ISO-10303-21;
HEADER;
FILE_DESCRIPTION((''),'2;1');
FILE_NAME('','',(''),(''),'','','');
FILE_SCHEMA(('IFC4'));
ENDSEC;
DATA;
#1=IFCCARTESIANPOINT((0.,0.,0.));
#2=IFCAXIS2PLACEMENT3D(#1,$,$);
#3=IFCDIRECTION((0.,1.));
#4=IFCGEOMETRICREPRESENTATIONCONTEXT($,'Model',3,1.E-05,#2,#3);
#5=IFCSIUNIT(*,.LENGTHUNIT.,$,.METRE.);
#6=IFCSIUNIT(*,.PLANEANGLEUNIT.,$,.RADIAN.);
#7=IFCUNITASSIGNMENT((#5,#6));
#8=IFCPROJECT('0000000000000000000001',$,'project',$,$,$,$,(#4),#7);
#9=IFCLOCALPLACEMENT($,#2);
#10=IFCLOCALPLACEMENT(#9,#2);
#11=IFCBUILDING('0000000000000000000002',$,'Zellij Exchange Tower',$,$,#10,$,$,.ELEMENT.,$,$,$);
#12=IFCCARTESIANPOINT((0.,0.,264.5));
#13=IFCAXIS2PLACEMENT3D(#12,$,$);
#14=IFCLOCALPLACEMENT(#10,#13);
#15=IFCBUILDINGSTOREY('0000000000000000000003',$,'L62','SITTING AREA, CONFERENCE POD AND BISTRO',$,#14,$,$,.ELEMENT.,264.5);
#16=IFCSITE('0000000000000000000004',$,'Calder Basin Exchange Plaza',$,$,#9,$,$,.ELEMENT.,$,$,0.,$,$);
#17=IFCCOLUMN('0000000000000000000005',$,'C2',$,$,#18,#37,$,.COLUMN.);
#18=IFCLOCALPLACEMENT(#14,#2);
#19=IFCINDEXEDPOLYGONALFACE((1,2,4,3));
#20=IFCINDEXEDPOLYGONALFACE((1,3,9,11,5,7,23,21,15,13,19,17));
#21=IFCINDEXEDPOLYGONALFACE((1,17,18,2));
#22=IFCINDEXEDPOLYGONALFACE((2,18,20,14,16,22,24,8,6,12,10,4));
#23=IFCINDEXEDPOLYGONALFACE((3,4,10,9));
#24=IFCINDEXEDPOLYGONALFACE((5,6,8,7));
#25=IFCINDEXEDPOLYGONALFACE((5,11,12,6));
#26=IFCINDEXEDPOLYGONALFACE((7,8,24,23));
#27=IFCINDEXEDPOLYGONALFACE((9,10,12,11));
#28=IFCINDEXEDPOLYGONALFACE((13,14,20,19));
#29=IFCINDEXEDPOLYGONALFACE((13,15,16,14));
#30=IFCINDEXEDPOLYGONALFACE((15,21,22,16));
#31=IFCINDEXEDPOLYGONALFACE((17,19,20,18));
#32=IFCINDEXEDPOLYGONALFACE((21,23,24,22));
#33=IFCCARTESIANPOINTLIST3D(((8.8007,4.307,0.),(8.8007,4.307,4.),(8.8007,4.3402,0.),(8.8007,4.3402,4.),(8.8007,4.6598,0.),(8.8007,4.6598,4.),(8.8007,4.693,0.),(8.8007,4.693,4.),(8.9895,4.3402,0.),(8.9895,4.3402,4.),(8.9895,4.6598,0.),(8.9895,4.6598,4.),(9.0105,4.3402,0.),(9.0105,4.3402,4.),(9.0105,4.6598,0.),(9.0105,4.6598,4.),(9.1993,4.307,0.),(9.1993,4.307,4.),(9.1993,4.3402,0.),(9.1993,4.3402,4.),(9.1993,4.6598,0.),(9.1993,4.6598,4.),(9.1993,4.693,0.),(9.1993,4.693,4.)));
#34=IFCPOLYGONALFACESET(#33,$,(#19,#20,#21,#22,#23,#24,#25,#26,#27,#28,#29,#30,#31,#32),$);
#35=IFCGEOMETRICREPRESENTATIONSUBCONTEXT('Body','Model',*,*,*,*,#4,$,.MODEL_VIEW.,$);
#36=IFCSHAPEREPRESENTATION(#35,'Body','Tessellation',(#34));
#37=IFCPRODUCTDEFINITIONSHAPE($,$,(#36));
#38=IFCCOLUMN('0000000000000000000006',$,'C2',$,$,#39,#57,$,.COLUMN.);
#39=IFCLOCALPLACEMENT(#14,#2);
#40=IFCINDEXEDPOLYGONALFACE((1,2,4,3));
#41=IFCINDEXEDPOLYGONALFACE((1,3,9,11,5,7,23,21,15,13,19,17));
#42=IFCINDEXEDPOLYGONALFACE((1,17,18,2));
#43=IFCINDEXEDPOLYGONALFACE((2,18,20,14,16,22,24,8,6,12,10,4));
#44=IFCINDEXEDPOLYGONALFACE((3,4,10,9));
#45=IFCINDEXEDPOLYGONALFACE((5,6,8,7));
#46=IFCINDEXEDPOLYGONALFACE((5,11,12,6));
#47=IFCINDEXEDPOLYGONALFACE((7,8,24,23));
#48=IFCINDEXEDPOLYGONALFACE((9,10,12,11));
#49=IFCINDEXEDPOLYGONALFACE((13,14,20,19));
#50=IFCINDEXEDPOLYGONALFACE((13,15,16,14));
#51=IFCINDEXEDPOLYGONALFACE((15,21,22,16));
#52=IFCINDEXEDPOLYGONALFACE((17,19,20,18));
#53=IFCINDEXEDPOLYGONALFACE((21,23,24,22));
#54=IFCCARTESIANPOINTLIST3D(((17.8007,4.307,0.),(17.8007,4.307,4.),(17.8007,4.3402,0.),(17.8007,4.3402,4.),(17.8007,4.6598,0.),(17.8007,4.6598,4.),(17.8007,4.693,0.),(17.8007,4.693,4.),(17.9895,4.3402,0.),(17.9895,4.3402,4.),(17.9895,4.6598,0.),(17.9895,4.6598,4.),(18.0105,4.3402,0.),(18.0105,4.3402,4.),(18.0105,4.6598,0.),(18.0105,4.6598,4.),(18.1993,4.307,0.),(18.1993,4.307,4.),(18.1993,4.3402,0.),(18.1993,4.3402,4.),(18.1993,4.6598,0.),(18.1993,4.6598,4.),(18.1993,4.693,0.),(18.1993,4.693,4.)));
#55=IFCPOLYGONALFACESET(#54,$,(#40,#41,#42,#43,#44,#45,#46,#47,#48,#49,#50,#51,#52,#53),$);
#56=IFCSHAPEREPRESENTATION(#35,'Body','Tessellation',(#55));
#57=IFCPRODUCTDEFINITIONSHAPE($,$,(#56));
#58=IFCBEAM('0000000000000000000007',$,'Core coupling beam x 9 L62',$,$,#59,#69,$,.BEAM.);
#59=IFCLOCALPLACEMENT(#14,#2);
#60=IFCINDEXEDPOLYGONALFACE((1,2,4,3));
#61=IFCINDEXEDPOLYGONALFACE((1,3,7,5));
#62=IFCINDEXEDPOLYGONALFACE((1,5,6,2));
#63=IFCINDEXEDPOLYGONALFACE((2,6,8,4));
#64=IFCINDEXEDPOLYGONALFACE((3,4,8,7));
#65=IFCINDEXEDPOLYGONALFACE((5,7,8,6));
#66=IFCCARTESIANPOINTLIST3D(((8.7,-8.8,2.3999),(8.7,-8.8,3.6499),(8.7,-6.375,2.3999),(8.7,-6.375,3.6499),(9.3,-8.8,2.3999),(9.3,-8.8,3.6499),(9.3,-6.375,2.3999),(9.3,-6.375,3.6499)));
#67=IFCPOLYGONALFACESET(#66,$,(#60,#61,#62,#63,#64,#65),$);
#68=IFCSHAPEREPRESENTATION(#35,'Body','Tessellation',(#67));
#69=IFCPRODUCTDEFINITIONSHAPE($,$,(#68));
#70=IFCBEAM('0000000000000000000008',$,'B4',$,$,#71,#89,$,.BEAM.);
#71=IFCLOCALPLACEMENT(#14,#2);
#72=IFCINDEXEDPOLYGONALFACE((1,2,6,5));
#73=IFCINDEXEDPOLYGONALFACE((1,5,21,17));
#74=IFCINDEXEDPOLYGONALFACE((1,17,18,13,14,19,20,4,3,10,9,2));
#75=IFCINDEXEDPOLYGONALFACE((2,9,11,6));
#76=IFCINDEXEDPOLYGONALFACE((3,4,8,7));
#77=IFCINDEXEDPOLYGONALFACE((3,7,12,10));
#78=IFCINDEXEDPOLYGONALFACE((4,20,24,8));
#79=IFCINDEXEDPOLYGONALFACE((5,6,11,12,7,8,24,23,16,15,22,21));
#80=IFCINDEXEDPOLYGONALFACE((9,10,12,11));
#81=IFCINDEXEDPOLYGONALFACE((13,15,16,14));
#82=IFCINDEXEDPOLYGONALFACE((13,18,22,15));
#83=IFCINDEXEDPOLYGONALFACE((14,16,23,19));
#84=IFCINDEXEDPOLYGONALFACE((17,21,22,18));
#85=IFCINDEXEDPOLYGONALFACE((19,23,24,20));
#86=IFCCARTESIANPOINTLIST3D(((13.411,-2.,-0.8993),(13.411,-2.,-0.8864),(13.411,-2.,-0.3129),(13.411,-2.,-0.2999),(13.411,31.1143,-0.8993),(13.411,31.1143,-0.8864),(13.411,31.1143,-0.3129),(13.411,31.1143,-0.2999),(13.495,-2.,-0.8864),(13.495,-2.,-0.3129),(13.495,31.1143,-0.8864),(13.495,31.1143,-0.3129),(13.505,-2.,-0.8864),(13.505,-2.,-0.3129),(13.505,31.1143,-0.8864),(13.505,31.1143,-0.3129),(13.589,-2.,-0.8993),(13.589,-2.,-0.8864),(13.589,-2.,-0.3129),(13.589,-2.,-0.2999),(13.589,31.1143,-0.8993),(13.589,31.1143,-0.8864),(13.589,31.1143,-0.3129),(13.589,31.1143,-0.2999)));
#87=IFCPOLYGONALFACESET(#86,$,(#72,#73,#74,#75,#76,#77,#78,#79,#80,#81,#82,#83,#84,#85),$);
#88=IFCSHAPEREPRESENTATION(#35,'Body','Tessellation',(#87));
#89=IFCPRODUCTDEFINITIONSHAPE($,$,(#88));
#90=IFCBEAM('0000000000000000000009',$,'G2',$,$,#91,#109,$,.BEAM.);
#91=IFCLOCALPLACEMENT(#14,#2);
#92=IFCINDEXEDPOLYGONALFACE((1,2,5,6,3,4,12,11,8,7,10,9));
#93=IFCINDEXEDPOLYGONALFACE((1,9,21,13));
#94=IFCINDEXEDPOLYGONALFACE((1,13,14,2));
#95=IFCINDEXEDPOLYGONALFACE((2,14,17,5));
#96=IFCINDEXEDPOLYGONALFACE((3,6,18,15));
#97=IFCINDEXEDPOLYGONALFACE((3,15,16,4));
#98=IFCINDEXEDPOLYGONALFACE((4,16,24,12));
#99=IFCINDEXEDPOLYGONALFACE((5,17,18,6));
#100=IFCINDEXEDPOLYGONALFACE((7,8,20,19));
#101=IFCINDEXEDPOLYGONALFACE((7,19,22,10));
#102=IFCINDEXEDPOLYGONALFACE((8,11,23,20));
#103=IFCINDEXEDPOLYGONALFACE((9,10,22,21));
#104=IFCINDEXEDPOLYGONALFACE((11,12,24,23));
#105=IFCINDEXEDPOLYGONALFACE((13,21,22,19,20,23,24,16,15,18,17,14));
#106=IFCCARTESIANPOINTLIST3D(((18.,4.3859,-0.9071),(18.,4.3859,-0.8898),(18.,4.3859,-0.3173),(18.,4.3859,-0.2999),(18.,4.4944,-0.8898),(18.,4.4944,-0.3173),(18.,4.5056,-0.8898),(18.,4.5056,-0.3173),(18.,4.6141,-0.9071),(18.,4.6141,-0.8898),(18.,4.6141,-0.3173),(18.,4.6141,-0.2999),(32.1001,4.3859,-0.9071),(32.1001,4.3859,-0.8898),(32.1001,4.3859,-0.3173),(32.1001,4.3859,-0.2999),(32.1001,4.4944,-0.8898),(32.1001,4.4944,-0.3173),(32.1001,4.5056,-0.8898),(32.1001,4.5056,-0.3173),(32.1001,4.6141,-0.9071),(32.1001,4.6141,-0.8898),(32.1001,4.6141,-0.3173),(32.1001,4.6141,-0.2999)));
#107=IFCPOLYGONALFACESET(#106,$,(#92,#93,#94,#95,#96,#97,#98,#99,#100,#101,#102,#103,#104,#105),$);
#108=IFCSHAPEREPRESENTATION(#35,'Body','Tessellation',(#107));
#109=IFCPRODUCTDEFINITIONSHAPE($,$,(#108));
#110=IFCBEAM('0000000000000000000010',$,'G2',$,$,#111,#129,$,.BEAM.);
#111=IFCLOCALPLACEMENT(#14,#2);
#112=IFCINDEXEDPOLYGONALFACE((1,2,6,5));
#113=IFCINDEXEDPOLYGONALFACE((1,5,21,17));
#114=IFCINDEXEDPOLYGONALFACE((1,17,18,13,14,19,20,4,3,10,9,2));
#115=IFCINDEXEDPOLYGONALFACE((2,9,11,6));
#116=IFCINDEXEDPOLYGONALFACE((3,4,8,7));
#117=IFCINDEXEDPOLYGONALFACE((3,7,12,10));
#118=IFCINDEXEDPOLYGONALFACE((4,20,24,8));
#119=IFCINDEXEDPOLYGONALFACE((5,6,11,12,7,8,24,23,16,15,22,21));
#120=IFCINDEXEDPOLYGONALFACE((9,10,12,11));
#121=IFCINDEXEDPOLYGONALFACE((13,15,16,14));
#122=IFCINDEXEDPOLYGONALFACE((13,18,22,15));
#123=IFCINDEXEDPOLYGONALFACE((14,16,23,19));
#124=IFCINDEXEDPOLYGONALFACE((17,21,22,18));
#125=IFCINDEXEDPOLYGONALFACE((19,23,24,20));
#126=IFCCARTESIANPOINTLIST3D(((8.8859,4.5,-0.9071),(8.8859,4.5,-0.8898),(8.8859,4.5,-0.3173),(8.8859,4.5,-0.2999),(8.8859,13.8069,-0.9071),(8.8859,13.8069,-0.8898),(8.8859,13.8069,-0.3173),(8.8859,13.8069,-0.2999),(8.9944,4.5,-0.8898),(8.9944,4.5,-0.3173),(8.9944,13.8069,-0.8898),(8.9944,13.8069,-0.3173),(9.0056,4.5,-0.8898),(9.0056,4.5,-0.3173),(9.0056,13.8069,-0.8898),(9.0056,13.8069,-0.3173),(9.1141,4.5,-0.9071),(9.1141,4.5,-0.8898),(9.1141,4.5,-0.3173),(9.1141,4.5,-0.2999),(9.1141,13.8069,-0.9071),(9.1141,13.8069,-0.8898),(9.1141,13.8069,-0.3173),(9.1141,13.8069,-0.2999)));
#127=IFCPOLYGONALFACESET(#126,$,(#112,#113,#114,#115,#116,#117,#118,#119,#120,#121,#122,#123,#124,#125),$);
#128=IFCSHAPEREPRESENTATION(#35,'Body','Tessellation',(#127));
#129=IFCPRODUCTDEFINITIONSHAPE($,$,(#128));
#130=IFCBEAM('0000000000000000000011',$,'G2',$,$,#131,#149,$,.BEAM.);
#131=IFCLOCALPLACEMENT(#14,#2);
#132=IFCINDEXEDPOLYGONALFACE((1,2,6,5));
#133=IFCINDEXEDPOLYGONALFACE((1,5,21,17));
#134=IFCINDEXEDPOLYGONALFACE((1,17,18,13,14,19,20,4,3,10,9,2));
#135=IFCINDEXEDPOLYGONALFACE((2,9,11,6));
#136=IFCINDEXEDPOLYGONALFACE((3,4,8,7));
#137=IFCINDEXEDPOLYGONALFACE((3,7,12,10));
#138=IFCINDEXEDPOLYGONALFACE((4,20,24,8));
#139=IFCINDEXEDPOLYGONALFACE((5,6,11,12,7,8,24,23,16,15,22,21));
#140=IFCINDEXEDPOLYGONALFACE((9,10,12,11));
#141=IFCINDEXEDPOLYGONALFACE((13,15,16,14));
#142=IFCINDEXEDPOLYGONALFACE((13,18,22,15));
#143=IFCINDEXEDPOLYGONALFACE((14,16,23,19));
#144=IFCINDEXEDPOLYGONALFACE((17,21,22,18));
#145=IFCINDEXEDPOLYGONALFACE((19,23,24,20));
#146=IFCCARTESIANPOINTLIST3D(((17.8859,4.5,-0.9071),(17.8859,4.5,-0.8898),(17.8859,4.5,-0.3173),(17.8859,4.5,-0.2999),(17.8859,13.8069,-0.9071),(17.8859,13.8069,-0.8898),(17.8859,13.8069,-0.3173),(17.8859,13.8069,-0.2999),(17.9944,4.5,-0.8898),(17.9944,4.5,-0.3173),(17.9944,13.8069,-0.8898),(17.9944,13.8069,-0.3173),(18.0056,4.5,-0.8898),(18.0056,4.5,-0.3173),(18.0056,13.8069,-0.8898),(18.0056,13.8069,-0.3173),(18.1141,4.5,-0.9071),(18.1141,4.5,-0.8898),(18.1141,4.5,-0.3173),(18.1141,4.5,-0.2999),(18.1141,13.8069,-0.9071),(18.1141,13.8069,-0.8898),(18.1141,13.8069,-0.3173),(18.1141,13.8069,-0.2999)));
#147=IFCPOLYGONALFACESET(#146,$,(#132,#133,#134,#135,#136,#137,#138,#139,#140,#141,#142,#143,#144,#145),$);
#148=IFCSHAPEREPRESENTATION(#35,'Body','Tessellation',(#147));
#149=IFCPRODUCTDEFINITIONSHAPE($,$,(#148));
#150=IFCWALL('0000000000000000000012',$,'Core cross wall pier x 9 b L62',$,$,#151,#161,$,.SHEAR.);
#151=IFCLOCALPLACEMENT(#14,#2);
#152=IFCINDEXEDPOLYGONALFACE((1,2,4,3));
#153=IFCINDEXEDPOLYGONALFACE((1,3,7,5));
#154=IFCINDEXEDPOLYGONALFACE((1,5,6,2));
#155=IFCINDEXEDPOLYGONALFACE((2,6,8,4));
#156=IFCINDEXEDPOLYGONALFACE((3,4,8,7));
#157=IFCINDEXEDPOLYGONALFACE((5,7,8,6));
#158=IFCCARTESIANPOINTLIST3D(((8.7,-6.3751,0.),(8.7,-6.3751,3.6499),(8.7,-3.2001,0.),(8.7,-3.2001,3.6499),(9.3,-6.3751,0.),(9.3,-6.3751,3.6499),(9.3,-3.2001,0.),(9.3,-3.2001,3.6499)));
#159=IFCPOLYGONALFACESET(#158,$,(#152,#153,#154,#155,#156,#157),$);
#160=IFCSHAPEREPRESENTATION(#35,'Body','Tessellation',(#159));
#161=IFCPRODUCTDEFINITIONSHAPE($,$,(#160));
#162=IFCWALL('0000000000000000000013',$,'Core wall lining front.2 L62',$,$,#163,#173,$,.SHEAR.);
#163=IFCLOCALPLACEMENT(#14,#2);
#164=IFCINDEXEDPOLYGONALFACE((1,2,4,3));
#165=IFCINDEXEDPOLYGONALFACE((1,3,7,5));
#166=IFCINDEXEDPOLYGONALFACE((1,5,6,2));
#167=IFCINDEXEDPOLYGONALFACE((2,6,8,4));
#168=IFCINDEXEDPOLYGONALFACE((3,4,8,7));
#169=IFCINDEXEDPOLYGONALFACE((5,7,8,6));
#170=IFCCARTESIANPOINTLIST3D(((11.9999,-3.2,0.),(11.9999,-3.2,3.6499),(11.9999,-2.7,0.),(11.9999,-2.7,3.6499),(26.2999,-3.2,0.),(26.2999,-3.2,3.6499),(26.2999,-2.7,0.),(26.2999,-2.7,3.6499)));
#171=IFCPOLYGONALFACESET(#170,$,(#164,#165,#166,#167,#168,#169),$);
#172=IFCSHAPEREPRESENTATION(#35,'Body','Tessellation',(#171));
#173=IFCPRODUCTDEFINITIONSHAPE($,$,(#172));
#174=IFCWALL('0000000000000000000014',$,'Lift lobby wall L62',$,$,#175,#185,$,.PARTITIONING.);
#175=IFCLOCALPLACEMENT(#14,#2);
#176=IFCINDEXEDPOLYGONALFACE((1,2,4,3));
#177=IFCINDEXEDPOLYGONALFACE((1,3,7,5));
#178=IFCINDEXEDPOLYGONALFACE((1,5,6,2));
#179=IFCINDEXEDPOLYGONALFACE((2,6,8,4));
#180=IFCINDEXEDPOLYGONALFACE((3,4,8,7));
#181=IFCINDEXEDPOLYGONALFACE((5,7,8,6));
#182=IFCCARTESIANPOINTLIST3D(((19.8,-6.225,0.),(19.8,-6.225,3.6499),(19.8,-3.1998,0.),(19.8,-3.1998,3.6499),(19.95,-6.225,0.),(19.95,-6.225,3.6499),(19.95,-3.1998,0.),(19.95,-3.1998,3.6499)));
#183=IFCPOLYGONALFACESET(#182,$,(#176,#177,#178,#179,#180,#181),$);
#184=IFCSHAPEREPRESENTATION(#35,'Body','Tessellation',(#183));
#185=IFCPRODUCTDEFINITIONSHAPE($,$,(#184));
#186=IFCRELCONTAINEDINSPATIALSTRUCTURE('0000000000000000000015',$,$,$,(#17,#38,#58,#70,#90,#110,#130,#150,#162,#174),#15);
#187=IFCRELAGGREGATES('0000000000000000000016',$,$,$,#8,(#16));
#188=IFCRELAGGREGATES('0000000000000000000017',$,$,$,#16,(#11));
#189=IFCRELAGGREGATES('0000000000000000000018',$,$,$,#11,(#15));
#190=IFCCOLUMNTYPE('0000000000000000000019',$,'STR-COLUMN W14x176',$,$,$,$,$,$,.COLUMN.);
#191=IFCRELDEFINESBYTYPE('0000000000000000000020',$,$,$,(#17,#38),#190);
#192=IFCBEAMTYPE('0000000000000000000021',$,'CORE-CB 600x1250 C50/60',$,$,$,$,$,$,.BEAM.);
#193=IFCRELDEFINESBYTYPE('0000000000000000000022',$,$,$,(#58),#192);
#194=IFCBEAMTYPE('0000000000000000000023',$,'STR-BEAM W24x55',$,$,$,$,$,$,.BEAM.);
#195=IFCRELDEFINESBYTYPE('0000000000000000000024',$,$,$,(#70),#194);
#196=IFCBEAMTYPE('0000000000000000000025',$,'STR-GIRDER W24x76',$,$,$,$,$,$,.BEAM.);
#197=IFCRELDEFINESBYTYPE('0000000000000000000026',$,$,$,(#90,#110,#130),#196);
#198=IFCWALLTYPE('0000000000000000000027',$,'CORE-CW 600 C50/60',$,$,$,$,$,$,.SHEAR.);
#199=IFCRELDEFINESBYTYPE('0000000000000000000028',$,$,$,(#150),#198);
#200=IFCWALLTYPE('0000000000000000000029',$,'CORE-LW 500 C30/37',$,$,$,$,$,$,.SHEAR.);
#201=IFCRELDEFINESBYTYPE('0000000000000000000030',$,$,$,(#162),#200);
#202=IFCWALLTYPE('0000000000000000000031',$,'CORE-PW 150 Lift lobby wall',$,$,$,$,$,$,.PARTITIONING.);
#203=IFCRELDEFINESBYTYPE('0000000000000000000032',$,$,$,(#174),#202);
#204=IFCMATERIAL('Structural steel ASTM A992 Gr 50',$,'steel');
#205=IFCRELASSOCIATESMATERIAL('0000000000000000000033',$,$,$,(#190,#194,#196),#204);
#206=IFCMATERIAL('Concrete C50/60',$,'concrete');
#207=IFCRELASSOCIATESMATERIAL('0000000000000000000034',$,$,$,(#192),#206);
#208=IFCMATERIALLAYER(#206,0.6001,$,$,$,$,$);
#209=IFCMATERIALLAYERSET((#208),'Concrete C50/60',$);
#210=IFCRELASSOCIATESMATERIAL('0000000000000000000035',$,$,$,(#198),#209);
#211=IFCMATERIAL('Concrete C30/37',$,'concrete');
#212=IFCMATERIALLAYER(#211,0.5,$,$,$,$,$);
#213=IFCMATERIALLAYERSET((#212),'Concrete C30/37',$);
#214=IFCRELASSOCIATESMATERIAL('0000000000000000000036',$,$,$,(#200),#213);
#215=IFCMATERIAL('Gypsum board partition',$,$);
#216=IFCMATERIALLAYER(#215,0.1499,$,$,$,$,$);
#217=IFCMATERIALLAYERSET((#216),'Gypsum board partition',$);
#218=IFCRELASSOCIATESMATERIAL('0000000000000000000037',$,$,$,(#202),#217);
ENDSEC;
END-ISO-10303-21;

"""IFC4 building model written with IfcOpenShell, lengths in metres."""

from ifc_helpers import new_model, si_unit, direction, frame, frame_2d, origin, origin_2d, place, context, subcontext, project, spatial, rectangle, i_section, extrude, material, layer, layer_set, material_profile, profile_set, type_object, element, save


model = new_model("IFC4")

# Units and contexts
model_context = context("Model", 3, precision=1e-05, world=origin(), true_north=direction((0.0, 1.0)))
body_context = subcontext(model_context, "Body", "Model", "MODEL_VIEW")
ifc_project = project(units=[si_unit("LENGTHUNIT", "METRE"), si_unit("PLANEANGLEUNIT", "RADIAN")], contexts=[model_context])

# Site, building, storey
site_placement = place(None, origin())
site = spatial("IfcSite", under=ifc_project, at=site_placement, Name="Calder Basin Exchange Plaza", CompositionType="ELEMENT", RefElevation=0.0)
building_placement = place(site_placement, origin())
building = spatial("IfcBuilding", under=site, at=building_placement, Name="Zellij Exchange Tower", CompositionType="ELEMENT")
storey_placement = place(building_placement, frame((0.0, 0.0, 264.5)))
storey = spatial("IfcBuildingStorey", under=building, at=storey_placement, Name="L62", Description="SITTING AREA, CONFERENCE POD AND BISTRO", CompositionType="ELEMENT", Elevation=264.5)

# Columns
ifc_material_1 = material(Name="Structural steel ASTM A992 Gr 50", Category="steel")
ifc_material_profile_1 = material_profile(ifc_material_1, i_section(OverallWidth=0.3987, OverallDepth=0.386, WebThickness=0.021, FlangeThickness=0.0332, at=origin_2d()), Name="W14x176")
ifc_profile_set_1 = profile_set([ifc_material_profile_1], Name="Structural steel ASTM A992 Gr 50")
column_type = type_object("IfcColumnType", Name="STR-COLUMN W14x176", PredefinedType="COLUMN", material=ifc_profile_set_1)
for number, where, z_axis, x_axis, name in (
    (1, (9.0, 4.5, 0.0), (0.0, 0.0, 1.0), (1.0, 0.0, 0.0), "C2"),
    (2, (18.0, 4.5, 0.0), (0.0, 0.0, 1.0), (1.0, 0.0, 0.0), "C2"),
):
    element("IfcColumn", number, at=place(storey_placement, frame(where, z_axis=z_axis, x_axis=x_axis)), inside=storey, type_object=column_type, Name=name, PredefinedType="COLUMN", context=body_context, shape_type="SweptSolid", body=[
        extrude(i_section(OverallWidth=0.3987, OverallDepth=0.386, WebThickness=0.021, FlangeThickness=0.0332, at=origin_2d()), origin(), (0.0, 0.0, 1.0), 4.0),
    ])

# Beams
ifc_material_2 = material(Name="Concrete C50/60", Category="concrete")
ifc_material_profile_2 = material_profile(ifc_material_2, rectangle(XDim=0.6001, YDim=1.25, at=origin_2d()), Name="CORE-CB 600x1250 C50/60")
ifc_profile_set_2 = profile_set([ifc_material_profile_2], Name="Concrete C50/60")
beam_type_1 = type_object("IfcBeamType", Name="CORE-CB 600x1250 C50/60", PredefinedType="BEAM", material=ifc_profile_set_2)
beam_1_placement = place(storey_placement, frame((9.0, -8.8, 3.0249), z_axis=(0.0, 1.0, 0.0), x_axis=(-1.0, 0.0, 0.0)))
element("IfcBeam", 3, at=beam_1_placement, inside=storey, type_object=beam_type_1, Name="Core coupling beam x 9 L62", PredefinedType="BEAM", context=body_context, shape_type="SweptSolid", body=[
    extrude(rectangle(XDim=0.6001, YDim=1.25, at=origin_2d()), origin(), (0.0, 0.0, 1.0), 2.425),
])
ifc_material_profile_3 = material_profile(ifc_material_1, i_section(OverallWidth=0.178, OverallDepth=0.5994, WebThickness=0.01, FlangeThickness=0.0129, at=origin_2d()), Name="W24x55")
ifc_profile_set_3 = profile_set([ifc_material_profile_3], Name="Structural steel ASTM A992 Gr 50")
beam_type_2 = type_object("IfcBeamType", Name="STR-BEAM W24x55", PredefinedType="BEAM", material=ifc_profile_set_3)
beam_2_placement = place(storey_placement, frame((13.5, -2.0, -0.5996), z_axis=(0.0, 1.0, 0.0), x_axis=(-1.0, 0.0, 0.0)))
element("IfcBeam", 4, at=beam_2_placement, inside=storey, type_object=beam_type_2, Name="B4", PredefinedType="BEAM", context=body_context, shape_type="SweptSolid", body=[
    extrude(i_section(OverallWidth=0.178, OverallDepth=0.5994, WebThickness=0.01, FlangeThickness=0.0129, at=origin_2d()), origin(), (0.0, 0.0, 1.0), 33.1143),
])
ifc_material_profile_4 = material_profile(ifc_material_1, i_section(OverallWidth=0.2283, OverallDepth=0.6072, WebThickness=0.0112, FlangeThickness=0.0173, at=origin_2d()), Name="W24x76")
ifc_profile_set_4 = profile_set([ifc_material_profile_4], Name="Structural steel ASTM A992 Gr 50")
beam_type_3 = type_object("IfcBeamType", Name="STR-GIRDER W24x76", PredefinedType="BEAM", material=ifc_profile_set_4)
beam_3_placement = place(storey_placement, frame((18.0, 4.5, -0.6035), z_axis=(1.0, 0.0, 0.0), x_axis=(0.0, 1.0, 0.0)))
element("IfcBeam", 5, at=beam_3_placement, inside=storey, type_object=beam_type_3, Name="G2", PredefinedType="BEAM", context=body_context, shape_type="SweptSolid", body=[
    extrude(i_section(OverallWidth=0.2283, OverallDepth=0.6072, WebThickness=0.0112, FlangeThickness=0.0173, at=origin_2d()), origin(), (0.0, 0.0, 1.0), 14.1001),
])
for number, where, z_axis, x_axis, name in (
    (6, (9.0, 4.5, -0.6035), (0.0, 1.0, 0.0), (-1.0, 0.0, 0.0), "G2"),
    (7, (18.0, 4.5, -0.6035), (0.0, 1.0, 0.0), (-1.0, 0.0, 0.0), "G2"),
):
    element("IfcBeam", number, at=place(storey_placement, frame(where, z_axis=z_axis, x_axis=x_axis)), inside=storey, type_object=beam_type_3, Name=name, PredefinedType="BEAM", context=body_context, shape_type="SweptSolid", body=[
        extrude(i_section(OverallWidth=0.2283, OverallDepth=0.6072, WebThickness=0.0112, FlangeThickness=0.0173, at=origin_2d()), origin(), (0.0, 0.0, 1.0), 9.3069),
    ])

# Walls
ifc_layer_1 = layer(ifc_material_2, 0.6001)
ifc_layer_set_1 = layer_set([ifc_layer_1], Name="Concrete C50/60")
wall_type_1 = type_object("IfcWallType", Name="CORE-CW 600 C50/60", PredefinedType="SHEAR", material=ifc_layer_set_1)
wall_1_placement = place(storey_placement, frame((9.0, -6.375, 0.0), z_axis=(0.0, 0.0, 1.0), x_axis=(0.0, 1.0, 0.0)))
element("IfcWall", 8, at=wall_1_placement, inside=storey, type_object=wall_type_1, Name="Core cross wall pier x 9 b L62", PredefinedType="SHEAR", context=body_context, shape_type="SweptSolid", body=[
    extrude(rectangle(XDim=3.175, YDim=0.6001, at=frame_2d((1.5874, 0.0))), origin(), (0.0, 0.0, 1.0), 3.6499),
])
ifc_material_3 = material(Name="Concrete C30/37", Category="concrete")
ifc_layer_2 = layer(ifc_material_3, 0.5)
ifc_layer_set_2 = layer_set([ifc_layer_2], Name="Concrete C30/37")
wall_type_2 = type_object("IfcWallType", Name="CORE-LW 500 C30/37", PredefinedType="SHEAR", material=ifc_layer_set_2)
wall_2_placement = place(storey_placement, frame((12.0, -2.95, 0.0), z_axis=(0.0, 0.0, 1.0), x_axis=(1.0, 0.0, 0.0)))
element("IfcWall", 9, at=wall_2_placement, inside=storey, type_object=wall_type_2, Name="Core wall lining front.2 L62", PredefinedType="SHEAR", context=body_context, shape_type="SweptSolid", body=[
    extrude(rectangle(XDim=14.3, YDim=0.5, at=frame_2d((7.1499, 0.0))), origin(), (0.0, 0.0, 1.0), 3.6499),
])
ifc_material_4 = material(Name="Gypsum board partition")
ifc_layer_3 = layer(ifc_material_4, 0.1499)
ifc_layer_set_3 = layer_set([ifc_layer_3], Name="Gypsum board partition")
wall_type_3 = type_object("IfcWallType", Name="CORE-PW 150 Lift lobby wall", PredefinedType="PARTITIONING", material=ifc_layer_set_3)
wall_3_placement = place(storey_placement, frame((19.875, -6.2251, 0.0), z_axis=(0.0, 0.0, 1.0), x_axis=(0.0, 1.0, 0.0)))
element("IfcWall", 10, at=wall_3_placement, inside=storey, type_object=wall_type_3, Name="Lift lobby wall L62", PredefinedType="PARTITIONING", context=body_context, shape_type="SweptSolid", body=[
    extrude(rectangle(XDim=3.0251, YDim=0.1499, at=frame_2d((1.5127, 0.0))), origin(), (0.0, 0.0, 1.0), 3.6499),
])

save(model, "model.ifc")
